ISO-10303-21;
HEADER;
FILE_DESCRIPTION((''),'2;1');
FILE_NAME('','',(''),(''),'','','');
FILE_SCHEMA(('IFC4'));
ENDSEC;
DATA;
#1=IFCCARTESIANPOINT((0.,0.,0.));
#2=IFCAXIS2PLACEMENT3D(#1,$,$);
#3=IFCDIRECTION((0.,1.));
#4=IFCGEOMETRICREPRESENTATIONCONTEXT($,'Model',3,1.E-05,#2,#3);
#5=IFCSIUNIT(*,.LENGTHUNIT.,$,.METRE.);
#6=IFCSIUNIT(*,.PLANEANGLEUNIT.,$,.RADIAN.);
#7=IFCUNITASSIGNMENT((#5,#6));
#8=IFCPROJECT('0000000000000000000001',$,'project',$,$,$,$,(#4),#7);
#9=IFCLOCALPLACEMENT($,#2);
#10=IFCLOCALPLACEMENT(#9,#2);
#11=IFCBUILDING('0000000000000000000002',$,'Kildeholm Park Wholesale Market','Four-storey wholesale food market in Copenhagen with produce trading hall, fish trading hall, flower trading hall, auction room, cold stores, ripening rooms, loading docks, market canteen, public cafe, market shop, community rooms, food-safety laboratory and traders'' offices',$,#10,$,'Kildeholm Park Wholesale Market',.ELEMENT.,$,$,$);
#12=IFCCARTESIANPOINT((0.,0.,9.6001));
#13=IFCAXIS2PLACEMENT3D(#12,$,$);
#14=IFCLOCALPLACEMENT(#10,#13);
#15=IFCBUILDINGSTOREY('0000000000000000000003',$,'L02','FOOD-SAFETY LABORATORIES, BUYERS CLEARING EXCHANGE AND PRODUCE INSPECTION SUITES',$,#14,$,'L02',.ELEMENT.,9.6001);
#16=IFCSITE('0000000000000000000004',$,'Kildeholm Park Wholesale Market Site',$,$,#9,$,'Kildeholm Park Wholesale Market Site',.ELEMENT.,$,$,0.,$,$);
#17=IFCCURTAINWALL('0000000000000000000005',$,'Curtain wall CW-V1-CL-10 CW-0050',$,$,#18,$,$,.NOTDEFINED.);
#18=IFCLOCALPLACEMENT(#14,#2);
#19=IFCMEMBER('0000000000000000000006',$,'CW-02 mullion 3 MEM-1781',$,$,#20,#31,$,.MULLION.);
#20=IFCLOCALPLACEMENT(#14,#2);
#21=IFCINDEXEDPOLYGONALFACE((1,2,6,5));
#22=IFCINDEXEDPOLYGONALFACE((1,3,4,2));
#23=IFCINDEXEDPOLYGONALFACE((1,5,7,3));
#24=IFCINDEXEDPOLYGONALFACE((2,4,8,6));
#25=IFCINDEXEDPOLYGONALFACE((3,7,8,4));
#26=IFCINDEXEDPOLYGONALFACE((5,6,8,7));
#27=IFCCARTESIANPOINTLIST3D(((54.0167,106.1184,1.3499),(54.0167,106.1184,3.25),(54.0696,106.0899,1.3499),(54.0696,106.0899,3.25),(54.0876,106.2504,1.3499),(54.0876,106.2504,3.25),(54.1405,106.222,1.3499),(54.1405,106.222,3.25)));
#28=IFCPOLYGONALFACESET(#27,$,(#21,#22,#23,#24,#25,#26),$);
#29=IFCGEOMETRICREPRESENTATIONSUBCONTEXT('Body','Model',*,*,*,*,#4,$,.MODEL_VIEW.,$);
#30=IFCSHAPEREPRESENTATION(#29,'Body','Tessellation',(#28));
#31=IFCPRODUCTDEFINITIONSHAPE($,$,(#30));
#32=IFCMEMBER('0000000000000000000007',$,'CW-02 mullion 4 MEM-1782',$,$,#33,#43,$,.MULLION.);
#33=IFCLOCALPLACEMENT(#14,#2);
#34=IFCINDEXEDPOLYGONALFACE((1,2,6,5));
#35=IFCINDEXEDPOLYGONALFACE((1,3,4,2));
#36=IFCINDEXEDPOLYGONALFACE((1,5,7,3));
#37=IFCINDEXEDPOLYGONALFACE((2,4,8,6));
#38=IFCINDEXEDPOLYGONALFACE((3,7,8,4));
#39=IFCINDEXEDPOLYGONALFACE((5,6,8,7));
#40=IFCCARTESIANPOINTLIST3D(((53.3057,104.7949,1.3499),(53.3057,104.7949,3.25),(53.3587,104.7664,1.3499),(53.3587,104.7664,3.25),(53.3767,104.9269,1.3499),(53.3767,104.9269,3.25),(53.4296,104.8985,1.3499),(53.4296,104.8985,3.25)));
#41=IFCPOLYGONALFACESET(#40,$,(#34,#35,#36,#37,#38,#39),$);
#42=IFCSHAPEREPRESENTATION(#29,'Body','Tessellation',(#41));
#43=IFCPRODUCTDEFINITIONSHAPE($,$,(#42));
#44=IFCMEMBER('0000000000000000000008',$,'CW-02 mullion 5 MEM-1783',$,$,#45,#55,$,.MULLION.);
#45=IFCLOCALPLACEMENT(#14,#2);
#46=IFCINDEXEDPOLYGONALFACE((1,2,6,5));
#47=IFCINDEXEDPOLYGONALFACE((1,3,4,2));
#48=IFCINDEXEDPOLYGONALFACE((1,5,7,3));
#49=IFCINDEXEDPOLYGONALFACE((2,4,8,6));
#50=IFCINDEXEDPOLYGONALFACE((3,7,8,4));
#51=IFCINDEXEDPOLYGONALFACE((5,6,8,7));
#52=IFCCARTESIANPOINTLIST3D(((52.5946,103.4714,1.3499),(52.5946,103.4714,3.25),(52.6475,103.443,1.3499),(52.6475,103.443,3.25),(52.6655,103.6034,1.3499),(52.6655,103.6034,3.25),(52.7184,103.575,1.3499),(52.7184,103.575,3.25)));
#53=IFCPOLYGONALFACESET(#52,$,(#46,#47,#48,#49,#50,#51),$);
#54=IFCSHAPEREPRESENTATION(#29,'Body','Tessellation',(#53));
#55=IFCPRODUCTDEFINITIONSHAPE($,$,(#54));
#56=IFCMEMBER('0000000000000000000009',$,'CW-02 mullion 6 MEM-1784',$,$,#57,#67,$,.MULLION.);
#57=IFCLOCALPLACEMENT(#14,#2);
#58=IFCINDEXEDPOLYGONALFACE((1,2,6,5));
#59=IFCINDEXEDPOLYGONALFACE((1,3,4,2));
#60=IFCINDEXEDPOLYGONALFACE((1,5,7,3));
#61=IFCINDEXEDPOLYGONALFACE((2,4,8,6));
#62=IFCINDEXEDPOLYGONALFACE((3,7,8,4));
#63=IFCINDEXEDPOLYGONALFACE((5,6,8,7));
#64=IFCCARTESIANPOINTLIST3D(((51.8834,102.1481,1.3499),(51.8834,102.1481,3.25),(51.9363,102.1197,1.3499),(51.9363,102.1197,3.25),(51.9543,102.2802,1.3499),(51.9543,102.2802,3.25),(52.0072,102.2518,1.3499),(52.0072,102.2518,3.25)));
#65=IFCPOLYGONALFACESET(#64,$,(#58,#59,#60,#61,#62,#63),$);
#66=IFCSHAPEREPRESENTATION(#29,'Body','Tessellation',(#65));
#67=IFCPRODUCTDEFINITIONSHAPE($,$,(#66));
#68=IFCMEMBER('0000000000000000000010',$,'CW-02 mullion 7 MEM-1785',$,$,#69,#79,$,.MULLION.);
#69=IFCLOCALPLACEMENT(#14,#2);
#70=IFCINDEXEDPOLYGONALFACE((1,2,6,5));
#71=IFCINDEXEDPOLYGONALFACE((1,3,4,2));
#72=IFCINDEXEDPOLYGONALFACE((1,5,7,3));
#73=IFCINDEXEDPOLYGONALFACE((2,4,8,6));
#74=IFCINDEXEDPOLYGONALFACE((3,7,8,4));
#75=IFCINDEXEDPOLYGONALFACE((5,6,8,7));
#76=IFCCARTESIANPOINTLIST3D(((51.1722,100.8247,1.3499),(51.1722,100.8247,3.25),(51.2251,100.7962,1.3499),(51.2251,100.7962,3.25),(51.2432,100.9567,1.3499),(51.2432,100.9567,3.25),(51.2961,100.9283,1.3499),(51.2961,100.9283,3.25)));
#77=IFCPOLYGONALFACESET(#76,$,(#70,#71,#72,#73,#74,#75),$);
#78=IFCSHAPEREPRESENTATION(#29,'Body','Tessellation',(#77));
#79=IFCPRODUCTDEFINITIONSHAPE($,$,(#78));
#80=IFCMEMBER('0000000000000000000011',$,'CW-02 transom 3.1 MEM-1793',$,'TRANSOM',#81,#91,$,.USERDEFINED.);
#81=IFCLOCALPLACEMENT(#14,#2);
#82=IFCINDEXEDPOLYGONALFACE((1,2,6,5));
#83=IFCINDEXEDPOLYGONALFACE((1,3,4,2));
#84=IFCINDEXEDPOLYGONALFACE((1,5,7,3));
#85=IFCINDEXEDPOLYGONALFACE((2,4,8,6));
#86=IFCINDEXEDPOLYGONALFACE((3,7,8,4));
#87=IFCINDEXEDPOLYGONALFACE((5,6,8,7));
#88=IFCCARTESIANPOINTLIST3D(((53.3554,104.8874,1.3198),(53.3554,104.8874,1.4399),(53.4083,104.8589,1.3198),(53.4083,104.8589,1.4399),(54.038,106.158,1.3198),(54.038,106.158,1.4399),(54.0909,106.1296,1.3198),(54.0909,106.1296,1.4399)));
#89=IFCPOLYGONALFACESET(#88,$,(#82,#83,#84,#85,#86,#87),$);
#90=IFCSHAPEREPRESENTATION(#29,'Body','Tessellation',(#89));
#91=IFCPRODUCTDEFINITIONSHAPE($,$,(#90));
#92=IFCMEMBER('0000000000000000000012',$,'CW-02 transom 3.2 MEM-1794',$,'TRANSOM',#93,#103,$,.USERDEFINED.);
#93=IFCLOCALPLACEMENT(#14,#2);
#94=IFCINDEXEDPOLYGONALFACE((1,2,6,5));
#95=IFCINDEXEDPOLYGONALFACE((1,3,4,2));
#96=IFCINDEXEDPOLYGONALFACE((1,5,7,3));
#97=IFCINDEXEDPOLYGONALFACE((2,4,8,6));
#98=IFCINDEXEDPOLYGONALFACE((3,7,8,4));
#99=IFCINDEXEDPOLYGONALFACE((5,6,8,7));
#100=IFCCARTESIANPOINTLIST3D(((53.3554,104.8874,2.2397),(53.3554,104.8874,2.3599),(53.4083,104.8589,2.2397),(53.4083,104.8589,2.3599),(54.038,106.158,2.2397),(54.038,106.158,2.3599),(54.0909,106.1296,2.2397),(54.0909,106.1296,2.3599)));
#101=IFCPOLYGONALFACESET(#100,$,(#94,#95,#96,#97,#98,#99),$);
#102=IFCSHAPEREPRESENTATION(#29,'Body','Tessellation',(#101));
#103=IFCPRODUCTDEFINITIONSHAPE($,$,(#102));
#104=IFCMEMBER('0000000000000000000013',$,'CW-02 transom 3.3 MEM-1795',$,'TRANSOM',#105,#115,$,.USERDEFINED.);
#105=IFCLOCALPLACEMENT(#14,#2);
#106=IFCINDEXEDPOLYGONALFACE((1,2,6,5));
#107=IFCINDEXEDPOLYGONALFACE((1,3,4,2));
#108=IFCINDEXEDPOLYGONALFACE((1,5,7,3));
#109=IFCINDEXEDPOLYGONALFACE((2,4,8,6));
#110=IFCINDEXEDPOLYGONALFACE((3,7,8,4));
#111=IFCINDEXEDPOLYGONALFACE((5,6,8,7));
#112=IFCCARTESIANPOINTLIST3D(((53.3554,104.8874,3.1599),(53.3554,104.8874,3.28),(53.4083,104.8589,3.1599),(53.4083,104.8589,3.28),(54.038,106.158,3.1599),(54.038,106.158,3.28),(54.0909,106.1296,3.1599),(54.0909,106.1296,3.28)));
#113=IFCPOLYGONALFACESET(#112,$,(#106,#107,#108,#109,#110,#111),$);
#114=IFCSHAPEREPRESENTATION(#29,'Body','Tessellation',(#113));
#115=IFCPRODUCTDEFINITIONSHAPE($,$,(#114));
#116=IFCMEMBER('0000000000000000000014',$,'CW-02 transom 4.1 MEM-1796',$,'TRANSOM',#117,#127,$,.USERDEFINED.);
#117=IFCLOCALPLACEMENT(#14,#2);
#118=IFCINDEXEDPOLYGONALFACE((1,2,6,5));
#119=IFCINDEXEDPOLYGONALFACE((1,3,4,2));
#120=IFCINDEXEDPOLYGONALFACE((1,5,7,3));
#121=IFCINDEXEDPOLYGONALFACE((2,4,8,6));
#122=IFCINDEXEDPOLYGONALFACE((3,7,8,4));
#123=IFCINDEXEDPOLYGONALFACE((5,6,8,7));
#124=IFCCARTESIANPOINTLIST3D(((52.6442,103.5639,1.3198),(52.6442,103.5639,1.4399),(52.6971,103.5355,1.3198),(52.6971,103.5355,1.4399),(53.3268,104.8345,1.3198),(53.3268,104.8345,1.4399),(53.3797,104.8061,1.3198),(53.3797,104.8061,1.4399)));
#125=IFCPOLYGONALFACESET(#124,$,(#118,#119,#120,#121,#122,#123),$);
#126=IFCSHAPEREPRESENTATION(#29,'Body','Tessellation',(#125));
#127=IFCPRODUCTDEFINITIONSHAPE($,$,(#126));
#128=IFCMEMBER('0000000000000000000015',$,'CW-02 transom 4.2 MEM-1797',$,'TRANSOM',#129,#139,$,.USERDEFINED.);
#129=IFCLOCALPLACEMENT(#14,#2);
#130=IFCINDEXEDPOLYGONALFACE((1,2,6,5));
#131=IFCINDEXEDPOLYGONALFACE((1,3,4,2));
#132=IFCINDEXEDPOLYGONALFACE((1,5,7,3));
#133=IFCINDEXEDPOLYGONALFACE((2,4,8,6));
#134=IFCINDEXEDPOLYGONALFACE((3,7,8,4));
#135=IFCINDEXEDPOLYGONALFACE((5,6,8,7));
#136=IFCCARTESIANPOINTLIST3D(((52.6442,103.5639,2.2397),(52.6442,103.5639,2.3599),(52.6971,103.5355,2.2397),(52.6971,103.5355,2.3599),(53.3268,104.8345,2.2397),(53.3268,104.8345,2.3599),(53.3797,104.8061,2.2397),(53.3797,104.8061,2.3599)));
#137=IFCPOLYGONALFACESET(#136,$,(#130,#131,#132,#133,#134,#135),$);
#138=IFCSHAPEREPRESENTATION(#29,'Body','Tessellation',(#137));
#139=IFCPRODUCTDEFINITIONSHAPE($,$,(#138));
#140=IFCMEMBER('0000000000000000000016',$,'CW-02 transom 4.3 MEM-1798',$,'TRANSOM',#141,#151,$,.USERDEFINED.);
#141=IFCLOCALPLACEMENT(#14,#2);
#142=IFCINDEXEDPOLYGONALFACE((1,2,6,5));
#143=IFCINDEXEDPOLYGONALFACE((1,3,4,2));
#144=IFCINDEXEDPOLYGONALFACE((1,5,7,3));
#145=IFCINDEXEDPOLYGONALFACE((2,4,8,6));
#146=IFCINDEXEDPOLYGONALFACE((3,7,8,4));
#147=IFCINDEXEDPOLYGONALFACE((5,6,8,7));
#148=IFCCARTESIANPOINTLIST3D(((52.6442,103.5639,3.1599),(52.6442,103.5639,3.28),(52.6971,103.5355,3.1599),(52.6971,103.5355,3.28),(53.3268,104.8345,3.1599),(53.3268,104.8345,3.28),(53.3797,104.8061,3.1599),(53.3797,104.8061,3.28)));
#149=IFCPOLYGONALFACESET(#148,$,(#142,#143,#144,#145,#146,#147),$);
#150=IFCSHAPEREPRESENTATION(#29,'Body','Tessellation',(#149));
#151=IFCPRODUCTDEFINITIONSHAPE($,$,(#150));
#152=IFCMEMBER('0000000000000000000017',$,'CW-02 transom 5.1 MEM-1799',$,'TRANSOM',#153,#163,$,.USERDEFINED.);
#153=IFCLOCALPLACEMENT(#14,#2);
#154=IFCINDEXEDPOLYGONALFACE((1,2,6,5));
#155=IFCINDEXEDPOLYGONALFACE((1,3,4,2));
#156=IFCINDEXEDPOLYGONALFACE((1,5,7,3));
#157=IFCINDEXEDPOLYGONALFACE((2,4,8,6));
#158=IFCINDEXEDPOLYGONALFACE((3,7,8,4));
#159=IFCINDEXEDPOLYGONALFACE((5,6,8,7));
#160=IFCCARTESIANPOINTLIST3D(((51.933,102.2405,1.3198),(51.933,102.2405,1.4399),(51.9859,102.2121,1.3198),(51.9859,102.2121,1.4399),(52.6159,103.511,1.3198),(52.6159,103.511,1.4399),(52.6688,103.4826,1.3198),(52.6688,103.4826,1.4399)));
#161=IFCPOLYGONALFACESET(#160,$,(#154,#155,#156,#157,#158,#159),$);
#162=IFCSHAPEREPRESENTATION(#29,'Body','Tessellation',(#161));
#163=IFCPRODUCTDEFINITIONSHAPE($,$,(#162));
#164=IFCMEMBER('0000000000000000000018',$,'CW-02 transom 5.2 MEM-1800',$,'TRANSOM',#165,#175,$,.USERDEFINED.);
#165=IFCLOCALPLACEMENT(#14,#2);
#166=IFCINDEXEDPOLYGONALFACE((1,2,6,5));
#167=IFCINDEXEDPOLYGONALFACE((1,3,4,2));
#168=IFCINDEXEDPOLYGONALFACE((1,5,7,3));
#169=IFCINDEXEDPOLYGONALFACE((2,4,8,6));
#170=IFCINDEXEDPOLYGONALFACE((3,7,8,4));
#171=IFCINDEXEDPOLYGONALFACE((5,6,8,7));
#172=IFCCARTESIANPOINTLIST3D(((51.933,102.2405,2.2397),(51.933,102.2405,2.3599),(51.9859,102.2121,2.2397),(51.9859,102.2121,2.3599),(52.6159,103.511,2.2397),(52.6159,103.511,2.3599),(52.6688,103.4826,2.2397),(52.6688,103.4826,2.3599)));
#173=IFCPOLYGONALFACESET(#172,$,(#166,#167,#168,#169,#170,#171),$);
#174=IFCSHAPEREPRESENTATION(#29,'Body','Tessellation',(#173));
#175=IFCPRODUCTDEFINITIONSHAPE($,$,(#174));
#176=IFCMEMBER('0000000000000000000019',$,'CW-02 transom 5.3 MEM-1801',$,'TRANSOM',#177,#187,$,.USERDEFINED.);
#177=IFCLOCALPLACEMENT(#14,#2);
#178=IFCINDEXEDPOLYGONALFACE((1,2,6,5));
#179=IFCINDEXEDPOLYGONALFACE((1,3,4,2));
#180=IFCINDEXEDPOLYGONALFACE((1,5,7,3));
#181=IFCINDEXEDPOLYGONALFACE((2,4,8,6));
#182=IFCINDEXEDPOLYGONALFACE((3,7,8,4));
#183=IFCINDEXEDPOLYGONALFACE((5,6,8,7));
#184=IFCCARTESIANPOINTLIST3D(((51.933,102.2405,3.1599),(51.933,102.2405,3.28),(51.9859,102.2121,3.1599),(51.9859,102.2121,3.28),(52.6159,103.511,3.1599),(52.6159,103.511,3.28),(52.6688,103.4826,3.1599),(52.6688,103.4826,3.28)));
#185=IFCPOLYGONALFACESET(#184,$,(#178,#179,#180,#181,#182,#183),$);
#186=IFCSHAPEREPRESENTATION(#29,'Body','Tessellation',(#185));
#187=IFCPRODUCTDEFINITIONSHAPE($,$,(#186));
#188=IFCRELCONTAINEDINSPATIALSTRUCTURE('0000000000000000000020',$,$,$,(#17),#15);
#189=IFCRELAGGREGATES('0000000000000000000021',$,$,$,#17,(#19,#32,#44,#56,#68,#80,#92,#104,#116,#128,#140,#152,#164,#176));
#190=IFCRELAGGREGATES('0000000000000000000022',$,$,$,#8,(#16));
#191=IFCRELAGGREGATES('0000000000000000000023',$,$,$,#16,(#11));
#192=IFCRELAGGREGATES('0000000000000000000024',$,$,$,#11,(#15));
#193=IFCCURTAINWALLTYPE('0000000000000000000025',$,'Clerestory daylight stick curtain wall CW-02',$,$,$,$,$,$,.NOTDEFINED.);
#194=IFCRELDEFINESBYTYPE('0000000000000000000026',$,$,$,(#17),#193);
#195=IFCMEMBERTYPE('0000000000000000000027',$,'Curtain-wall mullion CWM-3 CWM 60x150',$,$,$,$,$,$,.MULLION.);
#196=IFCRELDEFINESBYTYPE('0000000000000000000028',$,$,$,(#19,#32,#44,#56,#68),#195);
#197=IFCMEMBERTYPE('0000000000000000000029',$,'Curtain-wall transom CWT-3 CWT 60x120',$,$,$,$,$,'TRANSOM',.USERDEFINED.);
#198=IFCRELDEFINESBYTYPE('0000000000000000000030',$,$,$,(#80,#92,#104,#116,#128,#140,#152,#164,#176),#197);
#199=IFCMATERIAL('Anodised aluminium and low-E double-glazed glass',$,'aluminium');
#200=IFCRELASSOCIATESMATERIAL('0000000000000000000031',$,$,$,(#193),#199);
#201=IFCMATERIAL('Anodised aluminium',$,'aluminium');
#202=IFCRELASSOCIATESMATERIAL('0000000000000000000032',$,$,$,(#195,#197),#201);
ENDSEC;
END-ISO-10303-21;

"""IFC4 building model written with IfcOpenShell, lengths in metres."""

from ifc_helpers import new_model, si_unit, direction, frame, origin, origin_2d, place, context, subcontext, project, spatial, rectangle, extrude, material, material_profile, profile_set, type_object, element, aggregate, save


model = new_model("IFC4")

# Units and contexts
model_context = context("Model", 3, precision=1e-05, world=origin(), true_north=direction((0.0, 1.0)))
body_context = subcontext(model_context, "Body", "Model", "MODEL_VIEW")
ifc_project = project(units=[si_unit("LENGTHUNIT", "METRE"), si_unit("PLANEANGLEUNIT", "RADIAN")], contexts=[model_context])

# Site, building, storey
site_placement = place(None, origin())
site = spatial("IfcSite", under=ifc_project, at=site_placement, Name="Kildeholm Park Wholesale Market Site", LongName="Kildeholm Park Wholesale Market Site", CompositionType="ELEMENT", RefElevation=0.0)
building_placement = place(site_placement, origin())
building = spatial("IfcBuilding", under=site, at=building_placement, Name="Kildeholm Park Wholesale Market", Description="Four-storey wholesale food market in Copenhagen with produce trading hall, fish trading hall, flower trading hall, auction room, cold stores, ripening rooms, loading docks, market canteen, public cafe, market shop, community rooms, food-safety laboratory and traders' offices", LongName="Kildeholm Park Wholesale Market", CompositionType="ELEMENT")
storey_placement = place(building_placement, frame((0.0, 0.0, 9.6001)))
storey = spatial("IfcBuildingStorey", under=building, at=storey_placement, Name="L02", Description="FOOD-SAFETY LABORATORIES, BUYERS CLEARING EXCHANGE AND PRODUCE INSPECTION SUITES", LongName="L02", CompositionType="ELEMENT", Elevation=9.6001)

# Curtain wall, members
ifc_material_1 = material(Name="Anodised aluminium and low-E double-glazed glass", Category="aluminium")
curtain_wall_type = type_object("IfcCurtainWallType", Name="Clerestory daylight stick curtain wall CW-02", PredefinedType="NOTDEFINED", material=ifc_material_1)
curtain_wall_placement = place(storey_placement, origin())
curtain_wall = element("IfcCurtainWall", 1, at=curtain_wall_placement, inside=storey, type_object=curtain_wall_type, Name="Curtain wall CW-V1-CL-10 CW-0050", PredefinedType="NOTDEFINED")
ifc_material_2 = material(Name="Anodised aluminium", Category="aluminium")
ifc_material_profile_1 = material_profile(ifc_material_2, rectangle(XDim=0.0601, YDim=0.1499, at=origin_2d()), Name="CWM 60x150")
ifc_profile_set_1 = profile_set([ifc_material_profile_1], Name="Anodised aluminium")
member_type_1 = type_object("IfcMemberType", Name="Curtain-wall mullion CWM-3 CWM 60x150", PredefinedType="MULLION", material=ifc_profile_set_1)
member_1_placement = place(storey_placement, frame((54.0786, 106.1702, 1.3499), z_axis=(0.0, 0.0, 1.0), x_axis=(0.88088, -0.47334, 0.0)))
member_1 = element("IfcMember", 2, at=member_1_placement, type_object=member_type_1, Name="CW-02 mullion 3 MEM-1781", PredefinedType="MULLION", context=body_context, shape_type="SweptSolid", body=[
    extrude(rectangle(XDim=0.0601, YDim=0.1499, at=origin_2d()), origin(), (0.0, 0.0, 1.0), 1.9001),
])
member_2_placement = place(storey_placement, frame((53.3677, 104.8467, 1.3499), z_axis=(0.0, 0.0, 1.0), x_axis=(0.88088, -0.47334, 0.0)))
member_2 = element("IfcMember", 3, at=member_2_placement, type_object=member_type_1, Name="CW-02 mullion 4 MEM-1782", PredefinedType="MULLION", context=body_context, shape_type="SweptSolid", body=[
    extrude(rectangle(XDim=0.0601, YDim=0.1499, at=origin_2d()), origin(), (0.0, 0.0, 1.0), 1.9001),
])
member_3_placement = place(storey_placement, frame((52.6565, 103.5232, 1.3499), z_axis=(0.0, 0.0, 1.0), x_axis=(0.88088, -0.47334, 0.0)))
member_3 = element("IfcMember", 4, at=member_3_placement, type_object=member_type_1, Name="CW-02 mullion 5 MEM-1783", PredefinedType="MULLION", context=body_context, shape_type="SweptSolid", body=[
    extrude(rectangle(XDim=0.0601, YDim=0.1499, at=origin_2d()), origin(), (0.0, 0.0, 1.0), 1.9001),
])
member_4_placement = place(storey_placement, frame((51.9453, 102.2, 1.3499), z_axis=(0.0, 0.0, 1.0), x_axis=(0.88088, -0.47334, 0.0)))
member_4 = element("IfcMember", 5, at=member_4_placement, type_object=member_type_1, Name="CW-02 mullion 6 MEM-1784", PredefinedType="MULLION", context=body_context, shape_type="SweptSolid", body=[
    extrude(rectangle(XDim=0.0601, YDim=0.1499, at=origin_2d()), origin(), (0.0, 0.0, 1.0), 1.9001),
])
member_5_placement = place(storey_placement, frame((51.2341, 100.8765, 1.3499), z_axis=(0.0, 0.0, 1.0), x_axis=(0.88088, -0.47334, 0.0)))
member_5 = element("IfcMember", 6, at=member_5_placement, type_object=member_type_1, Name="CW-02 mullion 7 MEM-1785", PredefinedType="MULLION", context=body_context, shape_type="SweptSolid", body=[
    extrude(rectangle(XDim=0.0601, YDim=0.1499, at=origin_2d()), origin(), (0.0, 0.0, 1.0), 1.9001),
])
ifc_material_profile_2 = material_profile(ifc_material_2, rectangle(XDim=0.0601, YDim=0.1201, at=origin_2d()), Name="CWT 60x120")
ifc_profile_set_2 = profile_set([ifc_material_profile_2], Name="Anodised aluminium")
member_type_2 = type_object("IfcMemberType", Name="Curtain-wall transom CWT-3 CWT 60x120", ElementType="TRANSOM", PredefinedType="USERDEFINED", material=ifc_profile_set_2)
member_6_placement = place(storey_placement, frame((54.0645, 106.1438, 1.3799), z_axis=(-0.473222, -0.880943, 0.0), x_axis=(0.880943, -0.473222, 0.0)))
member_6 = element("IfcMember", 7, at=member_6_placement, type_object=member_type_2, Name="CW-02 transom 3.1 MEM-1793", ObjectType="TRANSOM", PredefinedType="USERDEFINED", context=body_context, shape_type="SweptSolid", body=[
    extrude(rectangle(XDim=0.0601, YDim=0.1201, at=origin_2d()), origin(), (0.0, 0.0, 1.0), 1.4424),
])
member_7_placement = place(storey_placement, frame((54.0645, 106.1438, 2.2998), z_axis=(-0.473222, -0.880943, 0.0), x_axis=(0.880943, -0.473222, 0.0)))
member_7 = element("IfcMember", 8, at=member_7_placement, type_object=member_type_2, Name="CW-02 transom 3.2 MEM-1794", ObjectType="TRANSOM", PredefinedType="USERDEFINED", context=body_context, shape_type="SweptSolid", body=[
    extrude(rectangle(XDim=0.0601, YDim=0.1201, at=origin_2d()), origin(), (0.0, 0.0, 1.0), 1.4424),
])
member_8_placement = place(storey_placement, frame((54.0645, 106.1438, 3.22), z_axis=(-0.473222, -0.880943, 0.0), x_axis=(0.880943, -0.473222, 0.0)))
member_8 = element("IfcMember", 9, at=member_8_placement, type_object=member_type_2, Name="CW-02 transom 3.3 MEM-1795", ObjectType="TRANSOM", PredefinedType="USERDEFINED", context=body_context, shape_type="SweptSolid", body=[
    extrude(rectangle(XDim=0.0601, YDim=0.1201, at=origin_2d()), origin(), (0.0, 0.0, 1.0), 1.4424),
])
member_9_placement = place(storey_placement, frame((53.3533, 104.8203, 1.3799), z_axis=(-0.473292, -0.880906, 0.0), x_axis=(0.880906, -0.473292, 0.0)))
member_9 = element("IfcMember", 10, at=member_9_placement, type_object=member_type_2, Name="CW-02 transom 4.1 MEM-1796", ObjectType="TRANSOM", PredefinedType="USERDEFINED", context=body_context, shape_type="SweptSolid", body=[
    extrude(rectangle(XDim=0.0601, YDim=0.1201, at=origin_2d()), origin(), (0.0, 0.0, 1.0), 1.4424),
])
member_10_placement = place(storey_placement, frame((53.3533, 104.8203, 2.2998), z_axis=(-0.473292, -0.880906, 0.0), x_axis=(0.880906, -0.473292, 0.0)))
member_10 = element("IfcMember", 11, at=member_10_placement, type_object=member_type_2, Name="CW-02 transom 4.2 MEM-1797", ObjectType="TRANSOM", PredefinedType="USERDEFINED", context=body_context, shape_type="SweptSolid", body=[
    extrude(rectangle(XDim=0.0601, YDim=0.1201, at=origin_2d()), origin(), (0.0, 0.0, 1.0), 1.4424),
])
member_11_placement = place(storey_placement, frame((53.3533, 104.8203, 3.22), z_axis=(-0.473292, -0.880906, 0.0), x_axis=(0.880906, -0.473292, 0.0)))
member_11 = element("IfcMember", 12, at=member_11_placement, type_object=member_type_2, Name="CW-02 transom 4.3 MEM-1798", ObjectType="TRANSOM", PredefinedType="USERDEFINED", context=body_context, shape_type="SweptSolid", body=[
    extrude(rectangle(XDim=0.0601, YDim=0.1201, at=origin_2d()), origin(), (0.0, 0.0, 1.0), 1.4424),
])
member_12_placement = place(storey_placement, frame((52.6423, 103.4968, 1.3799), z_axis=(-0.473423, -0.880835, 0.0), x_axis=(0.880835, -0.473423, 0.0)))
member_12 = element("IfcMember", 13, at=member_12_placement, type_object=member_type_2, Name="CW-02 transom 5.1 MEM-1799", ObjectType="TRANSOM", PredefinedType="USERDEFINED", context=body_context, shape_type="SweptSolid", body=[
    extrude(rectangle(XDim=0.0601, YDim=0.1201, at=origin_2d()), origin(), (0.0, 0.0, 1.0), 1.4424),
])
member_13_placement = place(storey_placement, frame((52.6423, 103.4968, 2.2998), z_axis=(-0.473423, -0.880835, 0.0), x_axis=(0.880835, -0.473423, 0.0)))
member_13 = element("IfcMember", 14, at=member_13_placement, type_object=member_type_2, Name="CW-02 transom 5.2 MEM-1800", ObjectType="TRANSOM", PredefinedType="USERDEFINED", context=body_context, shape_type="SweptSolid", body=[
    extrude(rectangle(XDim=0.0601, YDim=0.1201, at=origin_2d()), origin(), (0.0, 0.0, 1.0), 1.4424),
])
member_14_placement = place(storey_placement, frame((52.6423, 103.4968, 3.22), z_axis=(-0.473423, -0.880835, 0.0), x_axis=(0.880835, -0.473423, 0.0)))
member_14 = element("IfcMember", 15, at=member_14_placement, type_object=member_type_2, Name="CW-02 transom 5.3 MEM-1801", ObjectType="TRANSOM", PredefinedType="USERDEFINED", context=body_context, shape_type="SweptSolid", body=[
    extrude(rectangle(XDim=0.0601, YDim=0.1201, at=origin_2d()), origin(), (0.0, 0.0, 1.0), 1.4424),
])
aggregate(curtain_wall, [member_1, member_2, member_3, member_4, member_5, member_6, member_7, member_8, member_9, member_10, member_11, member_12, member_13, member_14])

save(model, "model.ifc")
